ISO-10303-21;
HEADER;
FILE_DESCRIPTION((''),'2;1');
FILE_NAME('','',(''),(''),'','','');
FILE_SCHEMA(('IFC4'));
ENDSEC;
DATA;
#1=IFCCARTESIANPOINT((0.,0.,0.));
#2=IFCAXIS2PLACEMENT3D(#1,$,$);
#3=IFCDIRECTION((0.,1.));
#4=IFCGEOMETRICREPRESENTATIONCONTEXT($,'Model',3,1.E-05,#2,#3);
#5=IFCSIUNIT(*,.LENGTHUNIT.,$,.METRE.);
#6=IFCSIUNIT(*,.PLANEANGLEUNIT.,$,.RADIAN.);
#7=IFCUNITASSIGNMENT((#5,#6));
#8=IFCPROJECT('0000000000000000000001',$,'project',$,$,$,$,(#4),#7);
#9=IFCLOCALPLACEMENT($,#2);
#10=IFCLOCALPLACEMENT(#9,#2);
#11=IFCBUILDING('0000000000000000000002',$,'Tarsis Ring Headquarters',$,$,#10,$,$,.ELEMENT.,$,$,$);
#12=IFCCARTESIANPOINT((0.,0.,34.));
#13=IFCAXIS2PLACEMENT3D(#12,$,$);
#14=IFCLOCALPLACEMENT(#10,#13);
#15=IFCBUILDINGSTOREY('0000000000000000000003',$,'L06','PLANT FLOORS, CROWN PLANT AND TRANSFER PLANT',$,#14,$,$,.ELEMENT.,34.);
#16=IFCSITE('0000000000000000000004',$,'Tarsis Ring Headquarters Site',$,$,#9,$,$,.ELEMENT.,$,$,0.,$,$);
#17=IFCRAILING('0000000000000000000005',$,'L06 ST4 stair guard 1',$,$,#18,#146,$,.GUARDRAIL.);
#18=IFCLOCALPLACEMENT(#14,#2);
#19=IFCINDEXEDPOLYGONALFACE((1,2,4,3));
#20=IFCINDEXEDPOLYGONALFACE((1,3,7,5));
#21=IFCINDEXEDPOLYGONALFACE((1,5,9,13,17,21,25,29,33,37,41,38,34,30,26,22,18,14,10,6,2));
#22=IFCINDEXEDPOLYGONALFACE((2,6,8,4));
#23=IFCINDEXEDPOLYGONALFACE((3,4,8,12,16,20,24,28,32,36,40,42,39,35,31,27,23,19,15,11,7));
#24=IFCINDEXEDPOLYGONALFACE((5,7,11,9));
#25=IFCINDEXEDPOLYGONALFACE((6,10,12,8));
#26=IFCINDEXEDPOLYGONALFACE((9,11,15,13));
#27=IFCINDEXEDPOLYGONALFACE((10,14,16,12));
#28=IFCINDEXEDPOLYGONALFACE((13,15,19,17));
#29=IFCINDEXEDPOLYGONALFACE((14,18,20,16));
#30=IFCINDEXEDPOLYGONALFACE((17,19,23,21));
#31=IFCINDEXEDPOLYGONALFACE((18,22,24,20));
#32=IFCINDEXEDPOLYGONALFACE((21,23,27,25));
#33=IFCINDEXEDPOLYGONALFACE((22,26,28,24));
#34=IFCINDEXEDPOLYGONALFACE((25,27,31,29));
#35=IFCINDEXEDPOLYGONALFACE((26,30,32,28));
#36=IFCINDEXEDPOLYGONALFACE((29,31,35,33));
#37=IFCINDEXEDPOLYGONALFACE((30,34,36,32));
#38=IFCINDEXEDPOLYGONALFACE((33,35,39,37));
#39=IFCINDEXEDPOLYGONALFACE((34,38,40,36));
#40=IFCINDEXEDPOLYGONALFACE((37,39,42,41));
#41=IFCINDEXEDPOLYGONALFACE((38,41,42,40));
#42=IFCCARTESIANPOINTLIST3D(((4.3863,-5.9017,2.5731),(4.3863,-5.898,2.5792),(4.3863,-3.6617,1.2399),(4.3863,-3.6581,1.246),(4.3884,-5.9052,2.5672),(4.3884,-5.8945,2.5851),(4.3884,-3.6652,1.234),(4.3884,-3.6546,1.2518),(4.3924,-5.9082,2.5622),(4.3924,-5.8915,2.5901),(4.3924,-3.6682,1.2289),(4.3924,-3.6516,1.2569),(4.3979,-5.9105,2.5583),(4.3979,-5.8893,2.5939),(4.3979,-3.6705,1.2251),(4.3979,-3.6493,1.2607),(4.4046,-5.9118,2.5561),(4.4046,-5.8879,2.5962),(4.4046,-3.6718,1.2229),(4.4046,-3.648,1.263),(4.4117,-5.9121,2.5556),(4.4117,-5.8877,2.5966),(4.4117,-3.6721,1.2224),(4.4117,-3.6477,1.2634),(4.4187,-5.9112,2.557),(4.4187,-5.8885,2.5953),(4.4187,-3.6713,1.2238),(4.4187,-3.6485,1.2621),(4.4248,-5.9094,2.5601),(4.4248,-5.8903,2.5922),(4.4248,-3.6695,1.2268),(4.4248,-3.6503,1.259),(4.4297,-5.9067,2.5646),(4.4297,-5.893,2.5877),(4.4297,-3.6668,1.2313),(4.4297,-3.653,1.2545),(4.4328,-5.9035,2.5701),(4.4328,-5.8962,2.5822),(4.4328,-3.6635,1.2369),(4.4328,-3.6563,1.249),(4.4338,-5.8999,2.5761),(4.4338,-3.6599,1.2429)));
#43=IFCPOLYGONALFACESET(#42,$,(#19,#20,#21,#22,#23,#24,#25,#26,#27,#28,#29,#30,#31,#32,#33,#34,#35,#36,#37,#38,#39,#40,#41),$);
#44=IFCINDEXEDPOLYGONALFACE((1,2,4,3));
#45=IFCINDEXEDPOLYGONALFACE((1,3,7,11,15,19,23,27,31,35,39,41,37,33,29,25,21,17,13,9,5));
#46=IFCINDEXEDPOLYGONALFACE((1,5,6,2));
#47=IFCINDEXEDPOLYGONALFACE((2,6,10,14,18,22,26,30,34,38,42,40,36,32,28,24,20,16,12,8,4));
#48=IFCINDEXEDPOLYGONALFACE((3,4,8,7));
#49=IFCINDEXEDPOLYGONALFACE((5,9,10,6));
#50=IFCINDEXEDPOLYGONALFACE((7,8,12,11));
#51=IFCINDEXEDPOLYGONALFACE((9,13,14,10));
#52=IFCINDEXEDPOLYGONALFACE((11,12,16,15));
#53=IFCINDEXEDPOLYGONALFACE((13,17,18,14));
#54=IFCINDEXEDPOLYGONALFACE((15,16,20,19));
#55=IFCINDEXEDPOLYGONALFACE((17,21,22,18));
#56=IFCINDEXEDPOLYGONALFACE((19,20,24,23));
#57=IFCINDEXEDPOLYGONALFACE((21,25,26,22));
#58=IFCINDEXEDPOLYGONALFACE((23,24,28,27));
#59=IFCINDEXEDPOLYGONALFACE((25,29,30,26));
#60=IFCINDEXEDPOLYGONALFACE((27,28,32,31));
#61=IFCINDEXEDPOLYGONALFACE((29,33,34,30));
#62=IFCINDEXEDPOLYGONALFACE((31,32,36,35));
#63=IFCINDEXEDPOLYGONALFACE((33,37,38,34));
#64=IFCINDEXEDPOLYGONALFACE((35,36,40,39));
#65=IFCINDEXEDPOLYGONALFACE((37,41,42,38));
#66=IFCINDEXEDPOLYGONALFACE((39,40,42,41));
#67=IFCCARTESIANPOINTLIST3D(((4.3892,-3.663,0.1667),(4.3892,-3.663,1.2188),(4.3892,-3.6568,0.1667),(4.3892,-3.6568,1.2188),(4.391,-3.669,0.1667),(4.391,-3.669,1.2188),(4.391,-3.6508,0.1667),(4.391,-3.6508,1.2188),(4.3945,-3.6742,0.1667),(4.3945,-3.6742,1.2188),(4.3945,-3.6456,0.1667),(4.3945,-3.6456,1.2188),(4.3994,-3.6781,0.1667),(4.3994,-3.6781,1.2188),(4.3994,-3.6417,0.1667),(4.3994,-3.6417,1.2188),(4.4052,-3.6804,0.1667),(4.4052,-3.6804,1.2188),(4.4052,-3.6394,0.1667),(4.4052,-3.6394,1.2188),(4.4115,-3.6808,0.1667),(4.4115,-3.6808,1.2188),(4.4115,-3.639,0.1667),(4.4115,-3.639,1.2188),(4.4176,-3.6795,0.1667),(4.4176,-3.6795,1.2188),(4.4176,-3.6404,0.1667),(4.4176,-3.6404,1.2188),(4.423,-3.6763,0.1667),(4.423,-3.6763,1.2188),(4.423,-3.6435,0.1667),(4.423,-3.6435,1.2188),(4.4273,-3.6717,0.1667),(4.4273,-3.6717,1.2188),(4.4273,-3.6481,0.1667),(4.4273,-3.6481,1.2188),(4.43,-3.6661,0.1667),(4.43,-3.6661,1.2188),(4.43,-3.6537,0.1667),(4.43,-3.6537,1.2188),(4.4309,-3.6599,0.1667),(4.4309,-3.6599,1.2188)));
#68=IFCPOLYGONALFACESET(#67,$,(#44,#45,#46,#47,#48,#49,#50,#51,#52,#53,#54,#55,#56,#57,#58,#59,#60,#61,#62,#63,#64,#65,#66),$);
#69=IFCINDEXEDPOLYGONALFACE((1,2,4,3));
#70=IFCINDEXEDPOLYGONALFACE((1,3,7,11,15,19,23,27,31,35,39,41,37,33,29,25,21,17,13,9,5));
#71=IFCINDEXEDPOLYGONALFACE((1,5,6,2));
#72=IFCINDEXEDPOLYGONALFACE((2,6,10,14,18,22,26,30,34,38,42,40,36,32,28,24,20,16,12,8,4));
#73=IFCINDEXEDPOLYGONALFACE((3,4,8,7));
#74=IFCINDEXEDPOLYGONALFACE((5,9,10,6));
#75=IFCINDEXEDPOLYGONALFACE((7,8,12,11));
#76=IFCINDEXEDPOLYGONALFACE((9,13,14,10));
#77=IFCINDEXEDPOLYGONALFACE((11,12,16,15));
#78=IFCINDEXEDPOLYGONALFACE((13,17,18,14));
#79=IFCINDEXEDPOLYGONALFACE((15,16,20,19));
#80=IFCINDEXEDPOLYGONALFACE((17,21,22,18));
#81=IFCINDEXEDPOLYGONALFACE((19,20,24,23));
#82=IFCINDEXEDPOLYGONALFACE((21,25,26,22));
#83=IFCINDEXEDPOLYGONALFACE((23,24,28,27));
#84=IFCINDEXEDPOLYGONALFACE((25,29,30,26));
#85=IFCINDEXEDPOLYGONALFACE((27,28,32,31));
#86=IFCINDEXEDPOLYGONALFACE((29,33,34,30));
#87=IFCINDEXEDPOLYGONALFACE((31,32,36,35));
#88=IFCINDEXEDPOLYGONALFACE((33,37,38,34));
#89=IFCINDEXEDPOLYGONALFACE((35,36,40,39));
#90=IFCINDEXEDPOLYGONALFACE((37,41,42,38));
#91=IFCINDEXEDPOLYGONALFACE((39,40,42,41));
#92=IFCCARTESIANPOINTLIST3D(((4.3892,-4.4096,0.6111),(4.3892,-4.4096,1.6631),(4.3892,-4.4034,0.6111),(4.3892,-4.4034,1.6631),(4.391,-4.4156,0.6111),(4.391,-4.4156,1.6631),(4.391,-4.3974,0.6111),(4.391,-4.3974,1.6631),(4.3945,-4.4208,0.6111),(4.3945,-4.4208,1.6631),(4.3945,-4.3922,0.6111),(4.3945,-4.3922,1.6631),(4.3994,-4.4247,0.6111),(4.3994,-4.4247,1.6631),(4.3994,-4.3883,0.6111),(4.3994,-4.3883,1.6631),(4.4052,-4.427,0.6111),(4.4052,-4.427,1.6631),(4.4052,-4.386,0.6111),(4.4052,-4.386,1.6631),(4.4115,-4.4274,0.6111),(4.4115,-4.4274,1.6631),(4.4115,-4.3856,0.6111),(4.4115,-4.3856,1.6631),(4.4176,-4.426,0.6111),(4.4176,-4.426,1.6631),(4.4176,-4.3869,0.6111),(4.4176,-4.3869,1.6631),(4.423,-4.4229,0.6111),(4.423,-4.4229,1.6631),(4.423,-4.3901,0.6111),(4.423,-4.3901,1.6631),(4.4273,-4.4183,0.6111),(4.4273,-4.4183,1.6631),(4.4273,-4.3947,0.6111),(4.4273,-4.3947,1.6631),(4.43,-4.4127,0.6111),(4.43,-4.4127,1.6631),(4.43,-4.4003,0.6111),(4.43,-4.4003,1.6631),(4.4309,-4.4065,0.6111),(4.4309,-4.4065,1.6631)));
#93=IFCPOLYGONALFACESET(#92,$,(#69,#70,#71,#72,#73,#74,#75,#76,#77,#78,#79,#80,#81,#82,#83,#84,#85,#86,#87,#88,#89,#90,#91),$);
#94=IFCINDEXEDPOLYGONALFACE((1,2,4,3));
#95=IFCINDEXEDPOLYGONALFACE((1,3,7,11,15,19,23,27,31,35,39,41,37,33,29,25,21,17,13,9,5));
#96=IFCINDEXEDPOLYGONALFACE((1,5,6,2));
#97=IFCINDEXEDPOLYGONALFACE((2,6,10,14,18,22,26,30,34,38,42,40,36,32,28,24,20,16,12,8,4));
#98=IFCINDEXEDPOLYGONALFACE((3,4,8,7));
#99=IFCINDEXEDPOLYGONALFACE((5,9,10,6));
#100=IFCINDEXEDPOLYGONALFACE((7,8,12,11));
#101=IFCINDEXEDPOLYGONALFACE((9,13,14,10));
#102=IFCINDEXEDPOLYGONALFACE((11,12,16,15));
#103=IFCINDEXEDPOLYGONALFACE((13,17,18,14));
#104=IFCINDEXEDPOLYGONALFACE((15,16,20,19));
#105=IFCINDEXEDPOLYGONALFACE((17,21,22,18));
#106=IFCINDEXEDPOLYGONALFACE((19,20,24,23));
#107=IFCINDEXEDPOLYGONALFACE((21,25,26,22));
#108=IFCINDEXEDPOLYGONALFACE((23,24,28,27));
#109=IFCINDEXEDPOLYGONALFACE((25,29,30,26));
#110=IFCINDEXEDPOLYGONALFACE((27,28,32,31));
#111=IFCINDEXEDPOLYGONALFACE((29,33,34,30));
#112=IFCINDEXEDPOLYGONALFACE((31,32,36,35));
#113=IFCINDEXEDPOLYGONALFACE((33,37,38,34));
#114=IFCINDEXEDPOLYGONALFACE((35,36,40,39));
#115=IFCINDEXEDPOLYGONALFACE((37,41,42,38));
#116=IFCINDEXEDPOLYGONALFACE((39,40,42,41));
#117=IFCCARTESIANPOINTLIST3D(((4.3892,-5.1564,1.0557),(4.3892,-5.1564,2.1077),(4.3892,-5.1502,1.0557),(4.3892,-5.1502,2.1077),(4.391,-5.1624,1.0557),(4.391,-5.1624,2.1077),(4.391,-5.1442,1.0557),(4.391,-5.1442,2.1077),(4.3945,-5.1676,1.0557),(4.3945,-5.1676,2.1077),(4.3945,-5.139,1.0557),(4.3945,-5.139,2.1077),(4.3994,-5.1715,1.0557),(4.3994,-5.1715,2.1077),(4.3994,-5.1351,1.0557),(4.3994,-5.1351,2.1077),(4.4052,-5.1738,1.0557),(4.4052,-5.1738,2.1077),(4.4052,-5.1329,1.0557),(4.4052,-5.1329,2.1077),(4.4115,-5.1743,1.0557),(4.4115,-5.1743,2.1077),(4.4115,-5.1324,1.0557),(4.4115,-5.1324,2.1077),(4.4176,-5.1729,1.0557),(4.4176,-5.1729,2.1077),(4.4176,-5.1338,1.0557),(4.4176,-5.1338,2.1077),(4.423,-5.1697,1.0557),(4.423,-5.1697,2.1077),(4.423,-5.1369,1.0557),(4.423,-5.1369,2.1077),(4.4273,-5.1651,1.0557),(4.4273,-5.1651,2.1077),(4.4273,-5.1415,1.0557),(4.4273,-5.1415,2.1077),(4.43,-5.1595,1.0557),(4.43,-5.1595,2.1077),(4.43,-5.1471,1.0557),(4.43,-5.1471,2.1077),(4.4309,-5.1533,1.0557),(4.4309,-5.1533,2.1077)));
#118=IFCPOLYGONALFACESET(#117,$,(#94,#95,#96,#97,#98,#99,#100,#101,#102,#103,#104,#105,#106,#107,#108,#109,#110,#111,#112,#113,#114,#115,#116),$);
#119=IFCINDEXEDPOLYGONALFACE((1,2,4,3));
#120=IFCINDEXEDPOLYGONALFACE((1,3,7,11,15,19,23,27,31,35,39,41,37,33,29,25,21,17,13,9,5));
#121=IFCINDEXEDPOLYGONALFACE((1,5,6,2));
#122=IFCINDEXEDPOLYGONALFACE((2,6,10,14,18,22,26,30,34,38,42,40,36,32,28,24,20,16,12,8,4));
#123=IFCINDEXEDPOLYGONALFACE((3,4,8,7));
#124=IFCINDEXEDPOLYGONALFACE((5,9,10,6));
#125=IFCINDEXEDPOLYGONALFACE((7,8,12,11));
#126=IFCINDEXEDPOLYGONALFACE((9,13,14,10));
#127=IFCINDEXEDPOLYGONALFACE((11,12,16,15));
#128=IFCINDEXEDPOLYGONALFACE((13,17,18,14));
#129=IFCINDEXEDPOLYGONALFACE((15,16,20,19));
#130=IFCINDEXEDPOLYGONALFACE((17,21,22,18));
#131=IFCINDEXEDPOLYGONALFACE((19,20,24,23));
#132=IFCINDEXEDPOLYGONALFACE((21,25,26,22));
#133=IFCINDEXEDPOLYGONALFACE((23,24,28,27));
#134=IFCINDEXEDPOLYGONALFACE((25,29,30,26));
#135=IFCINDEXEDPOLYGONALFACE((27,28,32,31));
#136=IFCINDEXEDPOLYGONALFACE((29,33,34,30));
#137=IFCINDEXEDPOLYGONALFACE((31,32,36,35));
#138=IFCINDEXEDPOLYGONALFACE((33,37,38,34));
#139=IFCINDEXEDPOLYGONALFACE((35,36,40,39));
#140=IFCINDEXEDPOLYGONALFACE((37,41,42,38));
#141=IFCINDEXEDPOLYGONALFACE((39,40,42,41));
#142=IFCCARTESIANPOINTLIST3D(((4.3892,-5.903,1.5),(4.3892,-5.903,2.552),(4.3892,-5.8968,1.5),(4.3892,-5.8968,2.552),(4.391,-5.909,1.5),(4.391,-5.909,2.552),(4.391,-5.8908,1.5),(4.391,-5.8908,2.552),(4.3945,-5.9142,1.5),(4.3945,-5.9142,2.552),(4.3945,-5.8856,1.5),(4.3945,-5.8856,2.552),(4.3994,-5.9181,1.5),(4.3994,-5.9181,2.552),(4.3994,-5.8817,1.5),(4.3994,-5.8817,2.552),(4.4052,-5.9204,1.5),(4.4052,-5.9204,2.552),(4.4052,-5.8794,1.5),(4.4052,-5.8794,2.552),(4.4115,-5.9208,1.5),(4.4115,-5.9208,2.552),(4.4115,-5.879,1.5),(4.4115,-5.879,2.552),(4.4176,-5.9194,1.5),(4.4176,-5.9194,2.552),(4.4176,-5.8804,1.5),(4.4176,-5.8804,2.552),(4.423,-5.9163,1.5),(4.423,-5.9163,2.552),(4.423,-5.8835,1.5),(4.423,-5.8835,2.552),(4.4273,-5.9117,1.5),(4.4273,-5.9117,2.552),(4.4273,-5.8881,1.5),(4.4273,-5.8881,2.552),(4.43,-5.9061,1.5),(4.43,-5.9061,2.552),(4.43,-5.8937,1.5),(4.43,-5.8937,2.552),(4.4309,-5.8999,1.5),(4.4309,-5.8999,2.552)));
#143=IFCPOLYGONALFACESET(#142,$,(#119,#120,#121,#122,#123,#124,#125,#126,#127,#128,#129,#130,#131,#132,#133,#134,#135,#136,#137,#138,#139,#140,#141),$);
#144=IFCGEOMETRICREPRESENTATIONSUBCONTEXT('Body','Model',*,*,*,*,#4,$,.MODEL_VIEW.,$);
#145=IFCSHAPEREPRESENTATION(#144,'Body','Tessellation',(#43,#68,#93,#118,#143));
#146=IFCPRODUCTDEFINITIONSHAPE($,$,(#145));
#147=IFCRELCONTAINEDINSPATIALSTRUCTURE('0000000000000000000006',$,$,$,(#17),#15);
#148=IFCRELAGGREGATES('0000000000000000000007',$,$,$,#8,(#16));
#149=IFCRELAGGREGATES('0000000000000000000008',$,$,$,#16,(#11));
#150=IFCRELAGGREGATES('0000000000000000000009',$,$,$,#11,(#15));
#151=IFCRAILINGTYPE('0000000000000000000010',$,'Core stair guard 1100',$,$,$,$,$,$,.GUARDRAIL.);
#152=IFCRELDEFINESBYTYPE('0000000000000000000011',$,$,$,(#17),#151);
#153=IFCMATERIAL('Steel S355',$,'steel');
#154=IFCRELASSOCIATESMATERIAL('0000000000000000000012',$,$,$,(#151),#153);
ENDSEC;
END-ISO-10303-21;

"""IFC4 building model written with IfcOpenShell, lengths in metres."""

from ifc_helpers import new_model, si_unit, direction, frame, origin, origin_2d, place, context, subcontext, project, spatial, circle, extrude, material, type_object, element, save


model = new_model("IFC4")

# Units and contexts
model_context = context("Model", 3, precision=1e-05, world=origin(), true_north=direction((0.0, 1.0)))
body_context = subcontext(model_context, "Body", "Model", "MODEL_VIEW")
ifc_project = project(units=[si_unit("LENGTHUNIT", "METRE"), si_unit("PLANEANGLEUNIT", "RADIAN")], contexts=[model_context])

# Site, building, storey
site_placement = place(None, origin())
site = spatial("IfcSite", under=ifc_project, at=site_placement, Name="Tarsis Ring Headquarters Site", CompositionType="ELEMENT", RefElevation=0.0)
building_placement = place(site_placement, origin())
building = spatial("IfcBuilding", under=site, at=building_placement, Name="Tarsis Ring Headquarters", CompositionType="ELEMENT")
storey_placement = place(building_placement, frame((0.0, 0.0, 34.0)))
storey = spatial("IfcBuildingStorey", under=building, at=storey_placement, Name="L06", Description="PLANT FLOORS, CROWN PLANT AND TRANSFER PLANT", CompositionType="ELEMENT", Elevation=34.0)

# Railing
ifc_material_1 = material(Name="Steel S355", Category="steel")
railing_type_1 = type_object("IfcRailingType", Name="Core stair guard 1100", PredefinedType="GUARDRAIL", material=ifc_material_1)
for number, where, name in (
    (1, (4.4099, -3.6599, 0.1667), "L06 ST4 stair guard 1"),
):
    element("IfcRailing", number, at=place(storey_placement, frame(where)), inside=storey, type_object=railing_type_1, Name=name, PredefinedType="GUARDRAIL", context=body_context, shape_type="SweptSolid", body=[
        extrude(circle(Radius=0.0239, at=origin_2d()), frame((0.0, 0.0, 1.0762), z_axis=(0.0, -0.859306, 0.511462), x_axis=(1.0, 0.0, 0.0)), (0.0, 0.0, 1.0), 2.6067),
        extrude(circle(Radius=0.021, at=origin_2d()), origin(), (0.0, 0.0, 1.0), 1.052),
        extrude(circle(Radius=0.021, at=origin_2d()), frame((0.0, -0.7466, 0.4443)), (0.0, 0.0, 1.0), 1.052),
        extrude(circle(Radius=0.021, at=origin_2d()), frame((0.0, -1.4934, 0.8889)), (0.0, 0.0, 1.0), 1.052),
        extrude(circle(Radius=0.021, at=origin_2d()), frame((0.0, -2.24, 1.3333)), (0.0, 0.0, 1.0), 1.052),
    ])

save(model, "model.ifc")
